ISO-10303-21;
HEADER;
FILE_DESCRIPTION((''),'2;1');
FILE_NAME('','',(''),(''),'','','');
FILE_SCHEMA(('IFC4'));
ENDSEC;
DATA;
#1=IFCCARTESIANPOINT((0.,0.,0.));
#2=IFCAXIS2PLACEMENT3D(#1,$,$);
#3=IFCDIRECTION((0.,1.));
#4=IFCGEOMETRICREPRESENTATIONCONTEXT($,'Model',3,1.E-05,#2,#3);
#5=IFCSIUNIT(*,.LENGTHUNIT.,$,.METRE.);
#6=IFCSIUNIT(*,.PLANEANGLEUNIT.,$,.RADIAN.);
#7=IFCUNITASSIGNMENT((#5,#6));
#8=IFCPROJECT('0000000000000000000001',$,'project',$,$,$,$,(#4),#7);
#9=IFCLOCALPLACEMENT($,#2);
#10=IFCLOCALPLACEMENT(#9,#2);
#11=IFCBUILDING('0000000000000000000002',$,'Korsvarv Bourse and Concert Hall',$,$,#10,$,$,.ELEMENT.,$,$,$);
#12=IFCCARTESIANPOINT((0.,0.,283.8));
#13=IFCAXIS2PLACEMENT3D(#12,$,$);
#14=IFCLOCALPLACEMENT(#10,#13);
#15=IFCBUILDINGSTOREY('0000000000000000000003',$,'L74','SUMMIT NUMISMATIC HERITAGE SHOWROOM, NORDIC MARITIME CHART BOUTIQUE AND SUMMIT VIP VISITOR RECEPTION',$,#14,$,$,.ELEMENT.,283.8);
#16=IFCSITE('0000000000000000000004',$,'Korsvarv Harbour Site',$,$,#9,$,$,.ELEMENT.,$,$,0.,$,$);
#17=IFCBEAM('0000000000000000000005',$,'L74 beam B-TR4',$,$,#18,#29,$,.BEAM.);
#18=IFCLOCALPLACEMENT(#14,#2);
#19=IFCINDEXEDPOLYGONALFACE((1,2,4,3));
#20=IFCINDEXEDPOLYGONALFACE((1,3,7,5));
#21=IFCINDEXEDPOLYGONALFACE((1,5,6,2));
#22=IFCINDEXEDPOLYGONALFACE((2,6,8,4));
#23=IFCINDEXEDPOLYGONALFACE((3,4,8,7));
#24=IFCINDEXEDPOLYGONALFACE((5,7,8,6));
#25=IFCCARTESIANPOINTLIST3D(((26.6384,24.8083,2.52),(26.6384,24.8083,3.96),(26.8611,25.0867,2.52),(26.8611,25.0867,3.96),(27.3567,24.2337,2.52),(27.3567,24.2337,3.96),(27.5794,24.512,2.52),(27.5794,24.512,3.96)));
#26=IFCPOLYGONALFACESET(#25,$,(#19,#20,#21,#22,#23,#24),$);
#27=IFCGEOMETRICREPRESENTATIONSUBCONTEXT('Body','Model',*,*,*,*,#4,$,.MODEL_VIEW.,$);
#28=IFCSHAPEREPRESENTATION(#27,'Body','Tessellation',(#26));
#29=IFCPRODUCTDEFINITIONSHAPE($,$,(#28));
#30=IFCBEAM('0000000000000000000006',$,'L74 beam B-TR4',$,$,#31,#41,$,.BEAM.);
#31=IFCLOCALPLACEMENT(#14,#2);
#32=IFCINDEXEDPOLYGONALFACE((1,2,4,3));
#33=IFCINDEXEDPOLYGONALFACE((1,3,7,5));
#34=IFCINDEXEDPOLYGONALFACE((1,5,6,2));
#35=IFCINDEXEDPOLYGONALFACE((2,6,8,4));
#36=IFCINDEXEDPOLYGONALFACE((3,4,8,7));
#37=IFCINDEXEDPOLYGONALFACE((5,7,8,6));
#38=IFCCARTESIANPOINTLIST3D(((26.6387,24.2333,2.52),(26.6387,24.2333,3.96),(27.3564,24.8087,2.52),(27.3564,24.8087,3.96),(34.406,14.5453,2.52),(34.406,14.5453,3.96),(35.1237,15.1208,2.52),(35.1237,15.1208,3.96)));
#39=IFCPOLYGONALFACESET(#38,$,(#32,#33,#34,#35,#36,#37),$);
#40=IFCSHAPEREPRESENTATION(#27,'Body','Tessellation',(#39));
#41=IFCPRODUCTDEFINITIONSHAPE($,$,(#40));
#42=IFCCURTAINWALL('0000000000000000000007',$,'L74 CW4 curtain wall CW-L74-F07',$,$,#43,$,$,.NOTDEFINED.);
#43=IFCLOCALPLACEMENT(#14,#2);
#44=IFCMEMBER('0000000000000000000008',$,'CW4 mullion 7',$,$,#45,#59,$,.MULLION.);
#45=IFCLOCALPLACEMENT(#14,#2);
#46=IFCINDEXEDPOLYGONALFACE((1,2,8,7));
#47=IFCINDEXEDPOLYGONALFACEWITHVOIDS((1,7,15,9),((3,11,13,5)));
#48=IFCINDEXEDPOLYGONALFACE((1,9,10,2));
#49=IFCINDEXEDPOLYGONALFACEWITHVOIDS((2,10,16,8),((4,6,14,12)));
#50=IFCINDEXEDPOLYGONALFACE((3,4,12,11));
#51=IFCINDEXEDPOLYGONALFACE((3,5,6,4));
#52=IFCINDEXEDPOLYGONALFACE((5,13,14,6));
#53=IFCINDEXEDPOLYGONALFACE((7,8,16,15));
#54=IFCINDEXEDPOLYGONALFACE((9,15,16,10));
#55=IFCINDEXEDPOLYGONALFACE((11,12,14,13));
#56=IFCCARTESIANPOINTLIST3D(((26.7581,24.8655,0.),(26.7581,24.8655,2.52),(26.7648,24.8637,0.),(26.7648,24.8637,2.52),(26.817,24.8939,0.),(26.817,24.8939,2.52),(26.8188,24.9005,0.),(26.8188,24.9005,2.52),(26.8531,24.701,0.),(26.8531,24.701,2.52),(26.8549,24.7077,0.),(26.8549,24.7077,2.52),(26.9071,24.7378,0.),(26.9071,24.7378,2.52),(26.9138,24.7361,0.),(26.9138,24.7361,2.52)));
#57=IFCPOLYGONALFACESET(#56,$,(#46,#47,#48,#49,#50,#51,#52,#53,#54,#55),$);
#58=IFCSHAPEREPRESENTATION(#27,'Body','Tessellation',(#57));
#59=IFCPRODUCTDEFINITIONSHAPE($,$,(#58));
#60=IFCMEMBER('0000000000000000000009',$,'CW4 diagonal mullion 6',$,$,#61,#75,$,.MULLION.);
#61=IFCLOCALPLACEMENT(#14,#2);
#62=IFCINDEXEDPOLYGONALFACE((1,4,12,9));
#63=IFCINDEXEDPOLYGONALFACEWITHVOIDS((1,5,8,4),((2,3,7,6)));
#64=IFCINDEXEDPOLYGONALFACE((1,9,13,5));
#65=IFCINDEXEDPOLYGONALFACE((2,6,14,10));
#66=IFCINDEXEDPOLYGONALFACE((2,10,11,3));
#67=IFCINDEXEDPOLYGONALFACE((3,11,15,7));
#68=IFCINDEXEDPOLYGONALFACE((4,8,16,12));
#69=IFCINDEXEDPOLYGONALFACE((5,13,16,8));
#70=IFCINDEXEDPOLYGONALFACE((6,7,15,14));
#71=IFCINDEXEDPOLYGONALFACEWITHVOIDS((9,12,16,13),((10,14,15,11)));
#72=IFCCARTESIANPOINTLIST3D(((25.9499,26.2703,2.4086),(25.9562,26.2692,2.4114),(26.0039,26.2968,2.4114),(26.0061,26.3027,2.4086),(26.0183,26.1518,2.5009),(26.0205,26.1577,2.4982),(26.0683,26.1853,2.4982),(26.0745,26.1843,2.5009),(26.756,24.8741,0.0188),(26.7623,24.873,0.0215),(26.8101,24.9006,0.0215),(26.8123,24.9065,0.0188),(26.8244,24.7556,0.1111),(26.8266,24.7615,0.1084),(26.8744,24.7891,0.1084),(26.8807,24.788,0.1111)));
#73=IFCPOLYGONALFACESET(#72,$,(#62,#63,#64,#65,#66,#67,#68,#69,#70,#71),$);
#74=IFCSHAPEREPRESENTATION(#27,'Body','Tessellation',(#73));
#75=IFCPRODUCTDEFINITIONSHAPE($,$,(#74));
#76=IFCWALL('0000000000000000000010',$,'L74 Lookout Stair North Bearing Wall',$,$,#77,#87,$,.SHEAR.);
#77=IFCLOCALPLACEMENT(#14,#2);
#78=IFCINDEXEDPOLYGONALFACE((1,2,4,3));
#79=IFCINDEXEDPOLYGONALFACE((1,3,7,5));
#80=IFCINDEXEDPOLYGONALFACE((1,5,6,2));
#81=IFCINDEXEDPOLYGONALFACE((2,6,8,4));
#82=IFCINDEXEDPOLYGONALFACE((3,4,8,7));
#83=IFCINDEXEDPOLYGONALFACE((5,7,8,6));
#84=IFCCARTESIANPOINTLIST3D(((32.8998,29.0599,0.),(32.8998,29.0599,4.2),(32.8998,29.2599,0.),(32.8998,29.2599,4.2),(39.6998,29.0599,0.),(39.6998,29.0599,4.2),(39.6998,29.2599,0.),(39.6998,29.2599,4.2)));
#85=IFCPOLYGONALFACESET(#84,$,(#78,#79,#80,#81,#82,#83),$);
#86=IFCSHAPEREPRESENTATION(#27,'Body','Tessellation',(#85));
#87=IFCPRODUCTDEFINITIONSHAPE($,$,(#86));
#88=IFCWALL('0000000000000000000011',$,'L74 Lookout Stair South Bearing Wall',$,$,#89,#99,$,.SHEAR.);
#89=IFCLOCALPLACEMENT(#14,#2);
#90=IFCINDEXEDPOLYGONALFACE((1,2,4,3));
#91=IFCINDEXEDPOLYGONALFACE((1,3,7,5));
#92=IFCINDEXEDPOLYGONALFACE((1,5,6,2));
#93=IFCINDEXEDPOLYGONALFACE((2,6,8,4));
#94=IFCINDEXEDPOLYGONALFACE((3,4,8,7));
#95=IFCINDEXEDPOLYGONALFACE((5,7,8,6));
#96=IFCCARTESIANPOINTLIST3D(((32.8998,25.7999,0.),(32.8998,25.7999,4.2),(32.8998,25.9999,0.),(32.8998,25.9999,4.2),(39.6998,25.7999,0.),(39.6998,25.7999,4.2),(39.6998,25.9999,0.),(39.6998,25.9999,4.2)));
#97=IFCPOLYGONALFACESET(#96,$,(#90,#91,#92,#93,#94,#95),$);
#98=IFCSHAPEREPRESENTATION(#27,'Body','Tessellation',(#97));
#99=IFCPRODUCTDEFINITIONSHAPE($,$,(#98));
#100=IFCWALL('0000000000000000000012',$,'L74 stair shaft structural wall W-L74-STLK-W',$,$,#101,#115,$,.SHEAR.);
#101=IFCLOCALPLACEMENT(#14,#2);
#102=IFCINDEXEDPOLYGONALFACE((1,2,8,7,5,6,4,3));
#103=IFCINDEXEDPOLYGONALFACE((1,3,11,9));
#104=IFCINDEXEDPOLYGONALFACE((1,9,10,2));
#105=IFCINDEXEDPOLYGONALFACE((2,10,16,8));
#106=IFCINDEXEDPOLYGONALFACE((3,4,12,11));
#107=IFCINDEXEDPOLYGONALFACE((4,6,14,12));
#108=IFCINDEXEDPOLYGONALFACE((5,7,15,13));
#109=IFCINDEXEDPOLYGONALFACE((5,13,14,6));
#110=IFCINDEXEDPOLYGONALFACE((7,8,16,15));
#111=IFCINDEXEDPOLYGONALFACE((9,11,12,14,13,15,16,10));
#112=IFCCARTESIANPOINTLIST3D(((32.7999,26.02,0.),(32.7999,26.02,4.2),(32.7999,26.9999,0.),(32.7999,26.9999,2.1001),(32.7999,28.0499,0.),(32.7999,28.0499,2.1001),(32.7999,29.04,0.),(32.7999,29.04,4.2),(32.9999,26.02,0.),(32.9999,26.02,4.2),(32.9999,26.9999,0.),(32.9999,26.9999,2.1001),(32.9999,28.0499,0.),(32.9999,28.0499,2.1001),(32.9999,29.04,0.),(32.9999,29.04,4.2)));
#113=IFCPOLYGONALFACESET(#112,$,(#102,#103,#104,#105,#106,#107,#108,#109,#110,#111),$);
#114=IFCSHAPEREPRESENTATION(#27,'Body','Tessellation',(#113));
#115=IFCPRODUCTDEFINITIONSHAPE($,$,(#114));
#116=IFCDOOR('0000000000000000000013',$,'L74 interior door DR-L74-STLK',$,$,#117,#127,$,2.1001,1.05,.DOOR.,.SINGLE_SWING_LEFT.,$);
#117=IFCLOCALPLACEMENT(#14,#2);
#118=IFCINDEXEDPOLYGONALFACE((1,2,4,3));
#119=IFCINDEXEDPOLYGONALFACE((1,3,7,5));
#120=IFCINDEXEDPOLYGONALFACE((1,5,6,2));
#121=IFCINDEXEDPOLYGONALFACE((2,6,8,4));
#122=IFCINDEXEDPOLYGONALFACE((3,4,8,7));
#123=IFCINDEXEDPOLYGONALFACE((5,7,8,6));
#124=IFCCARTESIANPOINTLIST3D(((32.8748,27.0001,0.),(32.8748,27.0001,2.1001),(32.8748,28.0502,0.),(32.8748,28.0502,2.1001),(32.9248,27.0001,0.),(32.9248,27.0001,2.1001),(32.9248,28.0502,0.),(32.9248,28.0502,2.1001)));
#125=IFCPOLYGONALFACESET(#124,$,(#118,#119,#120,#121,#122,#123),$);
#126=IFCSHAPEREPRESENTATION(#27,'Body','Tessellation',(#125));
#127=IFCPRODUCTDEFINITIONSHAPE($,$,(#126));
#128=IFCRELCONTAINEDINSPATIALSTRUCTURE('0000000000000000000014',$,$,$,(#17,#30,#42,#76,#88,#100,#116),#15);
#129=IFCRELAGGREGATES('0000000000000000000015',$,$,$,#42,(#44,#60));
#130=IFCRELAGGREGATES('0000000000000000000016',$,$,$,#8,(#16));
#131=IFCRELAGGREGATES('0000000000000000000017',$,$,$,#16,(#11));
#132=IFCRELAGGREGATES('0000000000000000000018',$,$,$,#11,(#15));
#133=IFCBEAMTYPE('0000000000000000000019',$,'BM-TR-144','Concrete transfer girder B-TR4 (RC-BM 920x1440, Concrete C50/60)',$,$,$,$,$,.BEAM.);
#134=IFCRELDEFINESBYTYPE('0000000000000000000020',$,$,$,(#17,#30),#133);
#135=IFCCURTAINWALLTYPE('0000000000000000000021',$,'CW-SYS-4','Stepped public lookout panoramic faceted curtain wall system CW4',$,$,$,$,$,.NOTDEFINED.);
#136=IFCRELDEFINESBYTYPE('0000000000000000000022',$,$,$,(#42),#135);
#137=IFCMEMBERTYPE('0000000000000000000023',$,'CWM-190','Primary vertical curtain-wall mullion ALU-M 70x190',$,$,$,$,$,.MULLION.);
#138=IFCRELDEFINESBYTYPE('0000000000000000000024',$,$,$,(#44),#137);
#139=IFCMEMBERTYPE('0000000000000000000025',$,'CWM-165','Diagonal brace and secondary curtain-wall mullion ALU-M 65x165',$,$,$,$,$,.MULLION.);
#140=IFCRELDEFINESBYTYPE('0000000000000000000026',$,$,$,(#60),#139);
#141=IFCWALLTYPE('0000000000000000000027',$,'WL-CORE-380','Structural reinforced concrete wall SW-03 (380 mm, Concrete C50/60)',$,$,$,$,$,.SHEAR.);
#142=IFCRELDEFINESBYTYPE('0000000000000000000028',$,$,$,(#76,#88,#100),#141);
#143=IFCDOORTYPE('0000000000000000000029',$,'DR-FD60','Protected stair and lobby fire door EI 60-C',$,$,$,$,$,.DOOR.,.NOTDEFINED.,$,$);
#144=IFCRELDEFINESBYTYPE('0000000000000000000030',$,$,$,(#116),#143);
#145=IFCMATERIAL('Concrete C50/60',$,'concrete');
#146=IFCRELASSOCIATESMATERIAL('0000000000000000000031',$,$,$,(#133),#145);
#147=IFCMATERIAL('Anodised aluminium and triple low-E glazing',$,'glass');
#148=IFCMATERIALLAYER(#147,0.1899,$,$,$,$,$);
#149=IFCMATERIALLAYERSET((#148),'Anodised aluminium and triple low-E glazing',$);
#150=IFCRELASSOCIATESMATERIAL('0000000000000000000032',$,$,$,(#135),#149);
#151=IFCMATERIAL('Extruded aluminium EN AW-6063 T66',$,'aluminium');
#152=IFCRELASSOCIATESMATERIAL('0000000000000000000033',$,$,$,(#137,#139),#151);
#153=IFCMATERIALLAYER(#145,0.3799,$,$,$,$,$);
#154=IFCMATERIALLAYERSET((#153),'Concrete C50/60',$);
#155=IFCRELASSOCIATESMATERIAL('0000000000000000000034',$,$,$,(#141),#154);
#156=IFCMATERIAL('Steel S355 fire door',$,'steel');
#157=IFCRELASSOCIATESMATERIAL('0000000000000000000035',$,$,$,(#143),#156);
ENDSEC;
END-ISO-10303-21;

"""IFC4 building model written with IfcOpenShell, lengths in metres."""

from ifc_helpers import new_model, si_unit, direction, frame, frame_2d, origin, origin_2d, place, context, subcontext, project, spatial, rectangle, hollow_rectangle, extrude, source, transform, mapped, material, layer, layer_set, material_profile, profile_set, type_object, element, fill, aggregate, save


model = new_model("IFC4")

# Units and contexts
model_context = context("Model", 3, precision=1e-05, world=origin(), true_north=direction((0.0, 1.0)))
body_context = subcontext(model_context, "Body", "Model", "MODEL_VIEW")
ifc_project = project(units=[si_unit("LENGTHUNIT", "METRE"), si_unit("PLANEANGLEUNIT", "RADIAN")], contexts=[model_context])

# Site, building, storey
site_placement = place(None, origin())
site = spatial("IfcSite", under=ifc_project, at=site_placement, Name="Korsvarv Harbour Site", CompositionType="ELEMENT", RefElevation=0.0)
building_placement = place(site_placement, origin())
building = spatial("IfcBuilding", under=site, at=building_placement, Name="Korsvarv Bourse and Concert Hall", CompositionType="ELEMENT")
storey_placement = place(building_placement, frame((0.0, 0.0, 283.8)))
storey = spatial("IfcBuildingStorey", under=building, at=storey_placement, Name="L74", Description="SUMMIT NUMISMATIC HERITAGE SHOWROOM, NORDIC MARITIME CHART BOUTIQUE AND SUMMIT VIP VISITOR RECEPTION", CompositionType="ELEMENT", Elevation=283.8)

# Beams
ifc_material_1 = material(Name="Concrete C50/60", Category="concrete")
ifc_material_profile_1 = material_profile(ifc_material_1, rectangle(XDim=0.9199, YDim=1.4399, at=origin_2d()), Name="RC-BM 920x1440")
ifc_profile_set_1 = profile_set([ifc_material_profile_1], Name="Concrete C50/60")
beam_type = type_object("IfcBeamType", Name="BM-TR-144", Description="Concrete transfer girder B-TR4 (RC-BM 920x1440, Concrete C50/60)", PredefinedType="BEAM", material=ifc_profile_set_1)
shared_shape_1 = source(origin(), body_context, "Body", "SweptSolid", [
    extrude(rectangle(XDim=0.9199, YDim=1.4399, at=origin_2d()), origin(), (0.0, 0.0, 1.0), 0.3564),
])
beam_1_placement = place(storey_placement, frame((26.9976, 24.521, 3.24), z_axis=(0.624695, 0.780869, 0.0), x_axis=(-0.780869, 0.624695, 0.0)))
element("IfcBeam", 1, at=beam_1_placement, inside=storey, type_object=beam_type, Name="L74 beam B-TR4", PredefinedType="BEAM", context=body_context, shape_type="MappedRepresentation", body=[
    mapped(shared_shape_1, transform((0.0, 0.0, 0.0), scale=1.0)),
])
shared_shape_2 = source(origin(), body_context, "Body", "SweptSolid", [
    extrude(rectangle(XDim=0.9199, YDim=1.4399, at=origin_2d()), origin(), (0.0, 0.0, 1.0), 12.4172),
])
beam_2_placement = place(storey_placement, frame((26.9976, 24.521, 3.24), z_axis=(0.625527, -0.780203, 0.0), x_axis=(0.780203, 0.625527, 0.0)))
element("IfcBeam", 2, at=beam_2_placement, inside=storey, type_object=beam_type, Name="L74 beam B-TR4", PredefinedType="BEAM", context=body_context, shape_type="MappedRepresentation", body=[
    mapped(shared_shape_2, transform((0.0, 0.0, 0.0), scale=1.0)),
])

# Curtain wall, members
ifc_material_2 = material(Name="Anodised aluminium and triple low-E glazing", Category="glass")
ifc_layer_1 = layer(ifc_material_2, 0.1899)
ifc_layer_set_1 = layer_set([ifc_layer_1], Name="Anodised aluminium and triple low-E glazing")
curtain_wall_type = type_object("IfcCurtainWallType", Name="CW-SYS-4", Description="Stepped public lookout panoramic faceted curtain wall system CW4", PredefinedType="NOTDEFINED", material=ifc_layer_set_1)
curtain_wall_placement = place(storey_placement, origin())
curtain_wall = element("IfcCurtainWall", 3, at=curtain_wall_placement, inside=storey, type_object=curtain_wall_type, Name="L74 CW4 curtain wall CW-L74-F07", PredefinedType="NOTDEFINED")
ifc_material_3 = material(Name="Extruded aluminium EN AW-6063 T66", Category="aluminium")
ifc_material_profile_2 = material_profile(ifc_material_3, hollow_rectangle(XDim=0.0701, YDim=0.1899, WallThickness=0.0049, at=origin_2d()), Name="ALU-M 70x190")
ifc_profile_set_2 = profile_set([ifc_material_profile_2], Name="Extruded aluminium EN AW-6063 T66")
member_type_1 = type_object("IfcMemberType", Name="CWM-190", Description="Primary vertical curtain-wall mullion ALU-M 70x190", PredefinedType="MULLION", material=ifc_profile_set_2)
shared_shape_3 = source(origin(), body_context, "Body", "SweptSolid", [
    extrude(hollow_rectangle(XDim=0.0701, YDim=0.1899, WallThickness=0.0049, at=origin_2d()), origin(), (0.0, 0.0, 1.0), 2.52),
])
member_1_placement = place(storey_placement, frame((26.8359, 24.8008, 0.0), z_axis=(0.0, 0.0, 1.0), x_axis=(0.866028, 0.499996, 0.0)))
member_1 = element("IfcMember", 4, at=member_1_placement, type_object=member_type_1, Name="CW4 mullion 7", PredefinedType="MULLION", context=body_context, shape_type="MappedRepresentation", body=[
    mapped(shared_shape_3, transform((0.0, 0.0, 0.0), scale=1.0)),
])
ifc_material_profile_3 = material_profile(ifc_material_3, hollow_rectangle(XDim=0.0649, YDim=0.165, WallThickness=0.0049, at=origin_2d()), Name="ALU-M 65x165")
ifc_profile_set_3 = profile_set([ifc_material_profile_3], Name="Extruded aluminium EN AW-6063 T66")
member_type_2 = type_object("IfcMemberType", Name="CWM-165", Description="Diagonal brace and secondary curtain-wall mullion ALU-M 65x165", PredefinedType="MULLION", material=ifc_profile_set_3)
shared_shape_4 = source(origin(), body_context, "Body", "SweptSolid", [
    extrude(hollow_rectangle(XDim=0.0649, YDim=0.165, WallThickness=0.0049, at=origin_2d()), origin(), (0.0, 0.0, 1.0), 2.8828),
])
member_2_placement = place(storey_placement, frame((26.8184, 24.8311, 0.0649), z_axis=(-0.279635, 0.484323, 0.828997), x_axis=(-0.866017, -0.500015, 0.0)))
member_2 = element("IfcMember", 5, at=member_2_placement, type_object=member_type_2, Name="CW4 diagonal mullion 6", PredefinedType="MULLION", context=body_context, shape_type="MappedRepresentation", body=[
    mapped(shared_shape_4, transform((0.0, 0.0, 0.0), scale=1.0)),
])
aggregate(curtain_wall, [member_1, member_2])

# Walls
ifc_layer_2 = layer(ifc_material_1, 0.3799)
ifc_layer_set_2 = layer_set([ifc_layer_2], Name="Concrete C50/60")
wall_type_1 = type_object("IfcWallType", Name="WL-CORE-380", Description="Structural reinforced concrete wall SW-03 (380 mm, Concrete C50/60)", PredefinedType="SHEAR", material=ifc_layer_set_2)
for number, where, z_axis, x_axis, name in (
    (6, (32.8999, 29.1599, 0.0), (0.0, 0.0, 1.0), (1.0, 0.0, 0.0), "L74 Lookout Stair North Bearing Wall"),
    (7, (32.8999, 25.8999, 0.0), (0.0, 0.0, 1.0), (1.0, 0.0, 0.0), "L74 Lookout Stair South Bearing Wall"),
):
    element("IfcWall", number, at=place(storey_placement, frame(where, z_axis=z_axis, x_axis=x_axis)), inside=storey, type_object=wall_type_1, Name=name, PredefinedType="SHEAR", context=body_context, shape_type="SweptSolid", body=[
        extrude(rectangle(XDim=6.8, YDim=0.2, at=frame_2d((3.3999, 0.0))), origin(), (0.0, 0.0, 1.0), 4.2),
    ])

# Wall, opening, door
wall_1_placement = place(storey_placement, frame((32.8999, 26.02, 0.0), z_axis=(0.0, 0.0, 1.0), x_axis=(0.0, 1.0, 0.0)))
wall_1 = element("IfcWall", 8, at=wall_1_placement, inside=storey, type_object=wall_type_1, Name="L74 stair shaft structural wall W-L74-STLK-W", PredefinedType="SHEAR", context=body_context, shape_type="SweptSolid", body=[
    extrude(rectangle(XDim=3.02, YDim=0.2, at=frame_2d((1.51, 0.0))), origin(), (0.0, 0.0, 1.0), 4.2),
])
opening_1_placement = place(wall_1_placement, frame((0.98, 0.0, 0.0)))
opening_1 = element("IfcOpeningElement", 9, at=opening_1_placement, cuts=wall_1, PredefinedType="OPENING", context=body_context, shape_type="SweptSolid", body=[
    extrude(rectangle(XDim=1.05, YDim=2.1001, at=frame_2d((0.5249, 1.05))), frame((0.0, 0.1099, 0.0), z_axis=(0.0, -1.0, 0.0), x_axis=(1.0, 0.0, 0.0)), (0.0, 0.0, 1.0), 0.22),
])
ifc_material_4 = material(Name="Steel S355 fire door", Category="steel")
door_type_1 = type_object("IfcDoorType", Name="DR-FD60", Description="Protected stair and lobby fire door EI 60-C", OperationType="NOTDEFINED", PredefinedType="DOOR", material=ifc_material_4)
door_1_placement = place(opening_1_placement, frame((1.05, 0.0, 0.0), z_axis=(0.0, 0.0, 1.0), x_axis=(-1.0, 0.0, 0.0)))
door_1 = element("IfcDoor", 10, at=door_1_placement, inside=storey, type_object=door_type_1, Name="L74 interior door DR-L74-STLK", OperationType="SINGLE_SWING_LEFT", OverallHeight=2.1001, OverallWidth=1.05, PredefinedType="DOOR", context=body_context, shape_type="SweptSolid", body=[
    extrude(rectangle(XDim=1.05, YDim=2.1001, at=frame_2d((0.5249, 1.05))), frame((0.0, 0.0249, 0.0), z_axis=(0.0, -1.0, 0.0), x_axis=(1.0, 0.0, 0.0)), (0.0, 0.0, 1.0), 0.05),
])
fill(opening_1, door_1)

save(model, "model.ifc")
